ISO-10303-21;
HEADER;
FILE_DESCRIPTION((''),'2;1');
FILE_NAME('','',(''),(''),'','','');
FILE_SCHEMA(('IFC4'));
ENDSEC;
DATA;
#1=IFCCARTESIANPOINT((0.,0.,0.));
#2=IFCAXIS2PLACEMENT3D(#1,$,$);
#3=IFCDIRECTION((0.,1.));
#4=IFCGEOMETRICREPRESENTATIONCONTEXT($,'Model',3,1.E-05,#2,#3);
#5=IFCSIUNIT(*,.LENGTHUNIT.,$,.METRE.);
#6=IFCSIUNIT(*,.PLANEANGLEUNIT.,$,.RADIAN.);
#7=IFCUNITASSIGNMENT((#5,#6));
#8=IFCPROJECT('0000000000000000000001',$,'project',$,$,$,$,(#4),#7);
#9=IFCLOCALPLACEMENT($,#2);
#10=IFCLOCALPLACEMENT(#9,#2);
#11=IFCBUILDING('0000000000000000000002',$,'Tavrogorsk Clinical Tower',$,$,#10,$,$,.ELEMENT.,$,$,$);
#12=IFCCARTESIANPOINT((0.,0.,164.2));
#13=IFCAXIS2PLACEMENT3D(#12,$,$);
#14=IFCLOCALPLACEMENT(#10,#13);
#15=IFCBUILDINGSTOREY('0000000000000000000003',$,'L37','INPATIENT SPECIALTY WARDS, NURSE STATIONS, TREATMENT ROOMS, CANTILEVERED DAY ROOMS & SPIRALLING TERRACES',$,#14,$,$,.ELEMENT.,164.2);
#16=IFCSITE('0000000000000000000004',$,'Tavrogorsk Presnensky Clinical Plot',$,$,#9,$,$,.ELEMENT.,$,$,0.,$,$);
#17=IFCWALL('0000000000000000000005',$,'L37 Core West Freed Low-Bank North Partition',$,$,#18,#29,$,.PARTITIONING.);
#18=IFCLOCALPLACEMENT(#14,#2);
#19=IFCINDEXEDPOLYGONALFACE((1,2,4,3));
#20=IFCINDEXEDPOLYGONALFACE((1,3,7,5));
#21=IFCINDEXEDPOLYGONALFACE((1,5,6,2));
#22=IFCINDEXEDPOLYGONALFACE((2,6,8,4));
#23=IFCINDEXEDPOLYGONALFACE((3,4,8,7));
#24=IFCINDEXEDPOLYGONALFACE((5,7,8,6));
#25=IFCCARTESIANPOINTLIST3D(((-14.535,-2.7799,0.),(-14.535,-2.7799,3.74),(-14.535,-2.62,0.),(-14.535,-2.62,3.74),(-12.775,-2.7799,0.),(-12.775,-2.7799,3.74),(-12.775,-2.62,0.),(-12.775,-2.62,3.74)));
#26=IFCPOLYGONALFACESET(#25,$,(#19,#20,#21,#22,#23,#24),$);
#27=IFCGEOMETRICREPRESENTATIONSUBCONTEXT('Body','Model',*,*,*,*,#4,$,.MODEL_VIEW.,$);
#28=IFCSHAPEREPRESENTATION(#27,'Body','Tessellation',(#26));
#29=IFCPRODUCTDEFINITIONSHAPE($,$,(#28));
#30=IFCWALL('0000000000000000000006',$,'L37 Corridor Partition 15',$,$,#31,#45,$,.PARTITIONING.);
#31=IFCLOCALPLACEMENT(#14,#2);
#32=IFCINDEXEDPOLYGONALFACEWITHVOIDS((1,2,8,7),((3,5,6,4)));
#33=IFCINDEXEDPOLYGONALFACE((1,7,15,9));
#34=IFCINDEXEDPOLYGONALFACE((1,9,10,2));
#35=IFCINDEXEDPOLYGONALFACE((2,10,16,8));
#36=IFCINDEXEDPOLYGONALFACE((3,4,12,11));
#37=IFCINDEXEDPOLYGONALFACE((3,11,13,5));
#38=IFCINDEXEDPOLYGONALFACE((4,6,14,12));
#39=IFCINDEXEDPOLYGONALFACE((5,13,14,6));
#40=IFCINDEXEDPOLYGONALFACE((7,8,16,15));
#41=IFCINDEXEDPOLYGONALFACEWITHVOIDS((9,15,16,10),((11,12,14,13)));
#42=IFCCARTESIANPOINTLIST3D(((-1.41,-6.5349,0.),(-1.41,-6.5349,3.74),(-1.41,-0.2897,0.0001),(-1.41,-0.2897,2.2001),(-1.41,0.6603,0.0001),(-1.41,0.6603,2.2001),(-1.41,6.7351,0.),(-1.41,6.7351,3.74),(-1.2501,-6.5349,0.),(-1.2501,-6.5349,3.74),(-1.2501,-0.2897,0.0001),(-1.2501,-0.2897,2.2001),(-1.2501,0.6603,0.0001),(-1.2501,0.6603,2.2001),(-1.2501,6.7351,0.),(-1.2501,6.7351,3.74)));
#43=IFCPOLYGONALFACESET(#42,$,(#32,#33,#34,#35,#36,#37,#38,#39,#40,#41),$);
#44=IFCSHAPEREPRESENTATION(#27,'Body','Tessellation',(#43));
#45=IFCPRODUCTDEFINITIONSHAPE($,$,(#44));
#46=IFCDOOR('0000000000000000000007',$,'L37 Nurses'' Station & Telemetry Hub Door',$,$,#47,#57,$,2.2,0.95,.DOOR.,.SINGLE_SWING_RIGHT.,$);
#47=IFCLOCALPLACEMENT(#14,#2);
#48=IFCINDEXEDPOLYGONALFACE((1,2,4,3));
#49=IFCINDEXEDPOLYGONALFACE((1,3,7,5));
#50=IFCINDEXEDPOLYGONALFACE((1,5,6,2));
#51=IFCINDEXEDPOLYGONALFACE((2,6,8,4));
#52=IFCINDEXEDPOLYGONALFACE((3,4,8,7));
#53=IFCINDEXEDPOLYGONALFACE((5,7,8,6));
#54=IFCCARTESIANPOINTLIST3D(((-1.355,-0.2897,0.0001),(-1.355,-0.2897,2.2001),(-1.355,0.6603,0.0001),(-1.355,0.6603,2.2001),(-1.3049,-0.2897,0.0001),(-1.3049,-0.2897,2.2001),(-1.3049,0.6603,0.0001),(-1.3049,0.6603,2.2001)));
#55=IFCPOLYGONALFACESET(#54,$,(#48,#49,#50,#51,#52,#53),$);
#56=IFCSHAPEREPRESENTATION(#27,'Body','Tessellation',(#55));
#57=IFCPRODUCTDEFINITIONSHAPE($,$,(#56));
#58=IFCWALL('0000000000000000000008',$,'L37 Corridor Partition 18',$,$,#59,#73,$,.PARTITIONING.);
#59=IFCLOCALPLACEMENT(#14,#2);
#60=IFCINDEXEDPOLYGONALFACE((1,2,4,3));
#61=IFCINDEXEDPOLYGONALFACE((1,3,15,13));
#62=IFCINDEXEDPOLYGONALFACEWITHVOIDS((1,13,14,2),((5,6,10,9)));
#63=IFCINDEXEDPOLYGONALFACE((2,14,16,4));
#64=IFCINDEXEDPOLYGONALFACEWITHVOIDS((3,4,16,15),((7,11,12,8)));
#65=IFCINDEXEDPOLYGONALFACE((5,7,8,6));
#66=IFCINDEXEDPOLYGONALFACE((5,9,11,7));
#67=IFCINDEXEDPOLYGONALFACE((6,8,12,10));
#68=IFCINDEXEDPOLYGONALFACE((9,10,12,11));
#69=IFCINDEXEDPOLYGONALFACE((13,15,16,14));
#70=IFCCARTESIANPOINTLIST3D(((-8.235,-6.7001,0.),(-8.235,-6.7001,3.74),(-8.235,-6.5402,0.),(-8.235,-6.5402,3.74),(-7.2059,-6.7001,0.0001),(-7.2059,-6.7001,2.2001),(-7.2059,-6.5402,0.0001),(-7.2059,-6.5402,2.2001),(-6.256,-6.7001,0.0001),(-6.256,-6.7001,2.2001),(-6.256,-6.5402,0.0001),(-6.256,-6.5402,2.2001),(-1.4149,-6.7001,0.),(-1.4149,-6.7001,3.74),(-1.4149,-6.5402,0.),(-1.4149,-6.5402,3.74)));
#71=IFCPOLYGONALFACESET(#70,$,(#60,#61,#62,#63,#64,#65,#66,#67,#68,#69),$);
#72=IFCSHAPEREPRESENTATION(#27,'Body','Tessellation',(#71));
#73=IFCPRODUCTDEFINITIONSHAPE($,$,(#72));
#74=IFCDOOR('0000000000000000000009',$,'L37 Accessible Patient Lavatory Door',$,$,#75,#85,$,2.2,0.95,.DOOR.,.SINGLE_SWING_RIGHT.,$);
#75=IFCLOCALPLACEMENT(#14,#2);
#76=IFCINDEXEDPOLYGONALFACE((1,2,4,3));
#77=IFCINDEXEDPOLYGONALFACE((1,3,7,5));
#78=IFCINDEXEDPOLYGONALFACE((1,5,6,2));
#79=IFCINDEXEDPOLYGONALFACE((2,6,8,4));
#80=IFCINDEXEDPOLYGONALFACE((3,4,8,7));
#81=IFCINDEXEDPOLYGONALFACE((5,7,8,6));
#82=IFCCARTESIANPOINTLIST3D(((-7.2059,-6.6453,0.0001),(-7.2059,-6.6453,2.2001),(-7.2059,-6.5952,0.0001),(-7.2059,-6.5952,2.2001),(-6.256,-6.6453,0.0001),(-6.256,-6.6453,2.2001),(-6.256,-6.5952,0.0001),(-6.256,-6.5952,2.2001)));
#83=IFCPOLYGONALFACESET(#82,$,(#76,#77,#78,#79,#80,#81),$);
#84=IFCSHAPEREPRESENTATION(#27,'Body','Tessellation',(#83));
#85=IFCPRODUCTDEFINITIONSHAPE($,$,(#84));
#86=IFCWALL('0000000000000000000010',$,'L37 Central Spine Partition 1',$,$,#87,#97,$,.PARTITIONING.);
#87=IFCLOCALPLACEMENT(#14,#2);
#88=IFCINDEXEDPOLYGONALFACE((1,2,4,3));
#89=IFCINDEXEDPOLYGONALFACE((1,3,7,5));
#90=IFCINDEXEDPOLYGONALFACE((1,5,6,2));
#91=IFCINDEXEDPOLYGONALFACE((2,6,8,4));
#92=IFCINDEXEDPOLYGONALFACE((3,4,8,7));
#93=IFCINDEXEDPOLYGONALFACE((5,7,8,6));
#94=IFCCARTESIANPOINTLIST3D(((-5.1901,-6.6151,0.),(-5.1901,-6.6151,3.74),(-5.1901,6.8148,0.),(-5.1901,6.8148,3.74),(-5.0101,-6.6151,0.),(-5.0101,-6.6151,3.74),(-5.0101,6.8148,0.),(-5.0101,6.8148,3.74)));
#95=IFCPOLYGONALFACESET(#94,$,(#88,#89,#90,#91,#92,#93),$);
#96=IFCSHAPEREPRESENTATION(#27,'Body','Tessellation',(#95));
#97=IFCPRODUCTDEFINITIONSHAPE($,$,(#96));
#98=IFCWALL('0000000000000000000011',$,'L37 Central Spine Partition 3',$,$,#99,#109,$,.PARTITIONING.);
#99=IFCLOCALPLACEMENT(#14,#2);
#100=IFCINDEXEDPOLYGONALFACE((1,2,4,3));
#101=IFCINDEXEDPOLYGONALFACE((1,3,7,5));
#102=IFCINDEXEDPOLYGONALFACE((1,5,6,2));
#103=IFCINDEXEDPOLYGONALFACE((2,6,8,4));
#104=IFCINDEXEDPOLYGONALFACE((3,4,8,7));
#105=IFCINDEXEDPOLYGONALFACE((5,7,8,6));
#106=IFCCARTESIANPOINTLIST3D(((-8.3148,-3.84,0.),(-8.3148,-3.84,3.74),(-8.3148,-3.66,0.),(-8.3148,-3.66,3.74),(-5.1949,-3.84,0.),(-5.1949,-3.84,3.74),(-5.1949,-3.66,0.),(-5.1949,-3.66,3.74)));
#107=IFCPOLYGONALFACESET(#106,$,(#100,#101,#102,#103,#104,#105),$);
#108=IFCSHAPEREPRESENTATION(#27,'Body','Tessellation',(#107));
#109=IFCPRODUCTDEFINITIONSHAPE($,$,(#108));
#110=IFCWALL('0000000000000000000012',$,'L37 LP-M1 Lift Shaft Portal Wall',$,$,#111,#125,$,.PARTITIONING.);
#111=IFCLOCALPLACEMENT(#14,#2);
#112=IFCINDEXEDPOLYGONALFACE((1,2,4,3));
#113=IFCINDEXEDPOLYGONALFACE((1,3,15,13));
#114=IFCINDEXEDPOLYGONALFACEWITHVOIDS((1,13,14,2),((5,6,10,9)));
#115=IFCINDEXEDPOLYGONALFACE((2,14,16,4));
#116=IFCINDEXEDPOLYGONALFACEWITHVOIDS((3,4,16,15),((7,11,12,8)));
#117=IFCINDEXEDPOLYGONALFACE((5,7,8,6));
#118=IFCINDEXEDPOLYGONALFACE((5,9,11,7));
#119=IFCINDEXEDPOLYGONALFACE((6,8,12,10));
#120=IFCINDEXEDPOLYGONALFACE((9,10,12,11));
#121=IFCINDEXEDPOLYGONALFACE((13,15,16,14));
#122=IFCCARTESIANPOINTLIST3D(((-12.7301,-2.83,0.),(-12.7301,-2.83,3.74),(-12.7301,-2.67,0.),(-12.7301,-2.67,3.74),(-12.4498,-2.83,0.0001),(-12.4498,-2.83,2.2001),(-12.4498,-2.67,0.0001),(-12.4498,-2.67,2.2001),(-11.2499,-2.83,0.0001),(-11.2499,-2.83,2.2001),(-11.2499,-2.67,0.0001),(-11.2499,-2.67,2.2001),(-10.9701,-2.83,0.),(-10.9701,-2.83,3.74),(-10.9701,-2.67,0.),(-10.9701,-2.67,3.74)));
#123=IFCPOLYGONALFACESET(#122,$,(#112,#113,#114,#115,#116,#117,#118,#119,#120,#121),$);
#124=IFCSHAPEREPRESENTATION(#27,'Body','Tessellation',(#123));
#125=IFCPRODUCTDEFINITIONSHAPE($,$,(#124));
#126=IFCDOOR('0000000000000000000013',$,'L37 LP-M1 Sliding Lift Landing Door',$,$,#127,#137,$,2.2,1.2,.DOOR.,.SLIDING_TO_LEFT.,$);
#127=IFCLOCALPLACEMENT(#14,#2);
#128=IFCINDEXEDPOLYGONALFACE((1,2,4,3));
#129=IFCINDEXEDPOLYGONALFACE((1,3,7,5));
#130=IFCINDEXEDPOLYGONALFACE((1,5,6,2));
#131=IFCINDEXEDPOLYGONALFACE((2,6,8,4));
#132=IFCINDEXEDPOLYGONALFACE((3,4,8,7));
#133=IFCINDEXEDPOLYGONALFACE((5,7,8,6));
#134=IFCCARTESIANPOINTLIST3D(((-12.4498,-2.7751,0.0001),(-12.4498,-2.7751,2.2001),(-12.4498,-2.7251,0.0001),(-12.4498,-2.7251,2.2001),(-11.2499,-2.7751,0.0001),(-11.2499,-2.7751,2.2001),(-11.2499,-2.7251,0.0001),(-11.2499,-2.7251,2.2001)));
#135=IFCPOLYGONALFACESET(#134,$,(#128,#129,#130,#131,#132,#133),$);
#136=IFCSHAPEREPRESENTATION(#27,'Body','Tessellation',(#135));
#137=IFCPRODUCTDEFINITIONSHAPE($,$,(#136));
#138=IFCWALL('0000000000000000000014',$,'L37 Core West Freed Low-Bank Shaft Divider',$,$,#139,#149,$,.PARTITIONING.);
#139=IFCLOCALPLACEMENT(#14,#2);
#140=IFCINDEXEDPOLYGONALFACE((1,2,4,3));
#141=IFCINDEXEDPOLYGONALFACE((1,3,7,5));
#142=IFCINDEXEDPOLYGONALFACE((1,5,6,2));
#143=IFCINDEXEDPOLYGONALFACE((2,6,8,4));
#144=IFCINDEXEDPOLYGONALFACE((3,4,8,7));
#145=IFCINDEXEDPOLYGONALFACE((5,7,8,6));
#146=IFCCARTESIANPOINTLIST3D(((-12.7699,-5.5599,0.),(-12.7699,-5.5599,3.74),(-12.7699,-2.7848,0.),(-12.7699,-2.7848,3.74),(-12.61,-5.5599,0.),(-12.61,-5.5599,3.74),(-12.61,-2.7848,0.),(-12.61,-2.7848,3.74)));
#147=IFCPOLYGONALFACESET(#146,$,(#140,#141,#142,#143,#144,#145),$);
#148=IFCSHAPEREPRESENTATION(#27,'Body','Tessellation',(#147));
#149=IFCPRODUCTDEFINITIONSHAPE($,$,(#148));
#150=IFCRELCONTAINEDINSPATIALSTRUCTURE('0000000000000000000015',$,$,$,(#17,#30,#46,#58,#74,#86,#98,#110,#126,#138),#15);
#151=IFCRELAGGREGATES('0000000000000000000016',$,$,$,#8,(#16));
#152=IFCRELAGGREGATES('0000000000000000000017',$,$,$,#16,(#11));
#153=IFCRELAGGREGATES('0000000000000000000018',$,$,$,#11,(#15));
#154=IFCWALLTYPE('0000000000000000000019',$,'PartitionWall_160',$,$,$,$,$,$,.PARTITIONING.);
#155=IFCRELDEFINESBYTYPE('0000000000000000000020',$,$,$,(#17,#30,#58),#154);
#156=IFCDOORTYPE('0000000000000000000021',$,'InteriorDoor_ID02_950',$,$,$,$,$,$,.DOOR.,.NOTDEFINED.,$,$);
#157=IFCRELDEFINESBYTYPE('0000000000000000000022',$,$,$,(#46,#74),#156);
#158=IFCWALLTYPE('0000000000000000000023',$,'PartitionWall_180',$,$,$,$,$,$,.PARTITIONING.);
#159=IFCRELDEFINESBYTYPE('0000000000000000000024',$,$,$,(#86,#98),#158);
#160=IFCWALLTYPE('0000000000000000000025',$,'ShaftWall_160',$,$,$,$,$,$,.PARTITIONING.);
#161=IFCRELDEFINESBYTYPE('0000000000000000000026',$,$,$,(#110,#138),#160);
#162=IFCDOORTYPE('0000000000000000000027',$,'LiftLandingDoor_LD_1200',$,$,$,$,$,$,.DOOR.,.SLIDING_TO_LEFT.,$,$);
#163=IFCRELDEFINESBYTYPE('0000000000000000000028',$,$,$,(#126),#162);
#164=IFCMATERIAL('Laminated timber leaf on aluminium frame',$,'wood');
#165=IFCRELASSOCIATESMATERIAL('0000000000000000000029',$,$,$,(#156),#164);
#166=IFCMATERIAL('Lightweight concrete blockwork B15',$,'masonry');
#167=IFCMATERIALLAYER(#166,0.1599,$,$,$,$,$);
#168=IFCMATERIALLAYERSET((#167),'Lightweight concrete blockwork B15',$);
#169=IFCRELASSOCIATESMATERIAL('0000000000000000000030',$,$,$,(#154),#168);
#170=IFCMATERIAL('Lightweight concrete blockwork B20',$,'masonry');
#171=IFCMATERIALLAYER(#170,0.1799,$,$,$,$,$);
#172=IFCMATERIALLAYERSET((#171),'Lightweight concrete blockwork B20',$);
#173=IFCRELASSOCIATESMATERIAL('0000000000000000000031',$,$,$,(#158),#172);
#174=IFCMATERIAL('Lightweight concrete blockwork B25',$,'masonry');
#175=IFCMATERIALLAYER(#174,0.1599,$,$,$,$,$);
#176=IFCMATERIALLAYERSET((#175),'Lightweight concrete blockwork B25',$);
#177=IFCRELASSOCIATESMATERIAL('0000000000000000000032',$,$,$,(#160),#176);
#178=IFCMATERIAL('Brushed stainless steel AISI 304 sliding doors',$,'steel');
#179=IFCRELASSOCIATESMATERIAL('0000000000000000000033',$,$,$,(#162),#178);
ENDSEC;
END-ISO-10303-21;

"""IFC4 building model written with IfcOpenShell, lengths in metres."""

from ifc_helpers import new_model, si_unit, direction, frame, frame_2d, origin, place, context, subcontext, project, spatial, rectangle, extrude, material, layer, layer_set, type_object, element, fill, save


model = new_model("IFC4")

# Units and contexts
model_context = context("Model", 3, precision=1e-05, world=origin(), true_north=direction((0.0, 1.0)))
body_context = subcontext(model_context, "Body", "Model", "MODEL_VIEW")
ifc_project = project(units=[si_unit("LENGTHUNIT", "METRE"), si_unit("PLANEANGLEUNIT", "RADIAN")], contexts=[model_context])

# Site, building, storey
site_placement = place(None, origin())
site = spatial("IfcSite", under=ifc_project, at=site_placement, Name="Tavrogorsk Presnensky Clinical Plot", CompositionType="ELEMENT", RefElevation=0.0)
building_placement = place(site_placement, origin())
building = spatial("IfcBuilding", under=site, at=building_placement, Name="Tavrogorsk Clinical Tower", CompositionType="ELEMENT")
storey_placement = place(building_placement, frame((0.0, 0.0, 164.2)))
storey = spatial("IfcBuildingStorey", under=building, at=storey_placement, Name="L37", Description="INPATIENT SPECIALTY WARDS, NURSE STATIONS, TREATMENT ROOMS, CANTILEVERED DAY ROOMS & SPIRALLING TERRACES", CompositionType="ELEMENT", Elevation=164.2)

# Shared definitions
ifc_material_1 = material(Name="Laminated timber leaf on aluminium frame", Category="wood")
door_type_1 = type_object("IfcDoorType", Name="InteriorDoor_ID02_950", OperationType="NOTDEFINED", PredefinedType="DOOR", material=ifc_material_1)

# Wall
ifc_material_2 = material(Name="Lightweight concrete blockwork B15", Category="masonry")
ifc_layer_1 = layer(ifc_material_2, 0.1599)
ifc_layer_set_1 = layer_set([ifc_layer_1], Name="Lightweight concrete blockwork B15")
wall_type_1 = type_object("IfcWallType", Name="PartitionWall_160", PredefinedType="PARTITIONING", material=ifc_layer_set_1)
wall_1_placement = place(storey_placement, frame((-14.5349, -2.7, 0.0), z_axis=(0.0, 0.0, 1.0), x_axis=(1.0, 0.0, 0.0)))
element("IfcWall", 1, at=wall_1_placement, inside=storey, type_object=wall_type_1, Name="L37 Core West Freed Low-Bank North Partition", PredefinedType="PARTITIONING", context=body_context, shape_type="SweptSolid", body=[
    extrude(rectangle(XDim=1.76, YDim=0.1599, at=frame_2d((0.8799, 0.0))), origin(), (0.0, 0.0, 1.0), 3.74),
])

# Walls, openings, doors
wall_2_placement = place(storey_placement, frame((-1.3301, -6.5349, 0.0), z_axis=(0.0, 0.0, 1.0), x_axis=(0.0, 1.0, 0.0)))
wall_2 = element("IfcWall", 2, at=wall_2_placement, inside=storey, type_object=wall_type_1, Name="L37 Corridor Partition 15", PredefinedType="PARTITIONING", context=body_context, shape_type="SweptSolid", body=[
    extrude(rectangle(XDim=13.27, YDim=0.1599, at=frame_2d((6.635, 0.0))), origin(), (0.0, 0.0, 1.0), 3.74),
])
opening_1_placement = place(wall_2_placement, frame((6.2451, 0.0, 0.0)))
opening_1 = element("IfcOpeningElement", 3, at=opening_1_placement, cuts=wall_2, PredefinedType="OPENING", context=body_context, shape_type="SweptSolid", body=[
    extrude(rectangle(XDim=0.95, YDim=2.2, at=frame_2d((0.4751, 1.1001))), frame((0.0, 0.0898, 0.0), z_axis=(0.0, -1.0, 0.0), x_axis=(1.0, 0.0, 0.0)), (0.0, 0.0, 1.0), 0.1799),
])
door_1_placement = place(opening_1_placement, origin())
door_1 = element("IfcDoor", 4, at=door_1_placement, inside=storey, type_object=door_type_1, Name="L37 Nurses' Station & Telemetry Hub Door", OperationType="SINGLE_SWING_RIGHT", OverallHeight=2.2, OverallWidth=0.95, PredefinedType="DOOR", context=body_context, shape_type="SweptSolid", body=[
    extrude(rectangle(XDim=0.95, YDim=2.2, at=frame_2d((0.4751, 1.1001))), frame((0.0, 0.0249, 0.0), z_axis=(0.0, -1.0, 0.0), x_axis=(1.0, 0.0, 0.0)), (0.0, 0.0, 1.0), 0.05),
])
fill(opening_1, door_1)
wall_3_placement = place(storey_placement, frame((-8.2351, -6.6201, 0.0), z_axis=(0.0, 0.0, 1.0), x_axis=(1.0, 0.0, 0.0)))
wall_3 = element("IfcWall", 5, at=wall_3_placement, inside=storey, type_object=wall_type_1, Name="L37 Corridor Partition 18", PredefinedType="PARTITIONING", context=body_context, shape_type="SweptSolid", body=[
    extrude(rectangle(XDim=6.8201, YDim=0.1599, at=frame_2d((3.4102, 0.0))), origin(), (0.0, 0.0, 1.0), 3.74),
])
opening_2_placement = place(wall_3_placement, frame((1.0291, 0.0, 0.0)))
opening_2 = element("IfcOpeningElement", 6, at=opening_2_placement, cuts=wall_3, PredefinedType="OPENING", context=body_context, shape_type="SweptSolid", body=[
    extrude(rectangle(XDim=0.95, YDim=2.2, at=frame_2d((0.4751, 1.1001))), frame((0.0, 0.0898, 0.0), z_axis=(0.0, -1.0, 0.0), x_axis=(1.0, 0.0, 0.0)), (0.0, 0.0, 1.0), 0.1799),
])
door_2_placement = place(opening_2_placement, origin())
door_2 = element("IfcDoor", 7, at=door_2_placement, inside=storey, type_object=door_type_1, Name="L37 Accessible Patient Lavatory Door", OperationType="SINGLE_SWING_RIGHT", OverallHeight=2.2, OverallWidth=0.95, PredefinedType="DOOR", context=body_context, shape_type="SweptSolid", body=[
    extrude(rectangle(XDim=0.95, YDim=2.2, at=frame_2d((0.4751, 1.1001))), frame((0.0, 0.0249, 0.0), z_axis=(0.0, -1.0, 0.0), x_axis=(1.0, 0.0, 0.0)), (0.0, 0.0, 1.0), 0.05),
])
fill(opening_2, door_2)

# Walls
ifc_material_3 = material(Name="Lightweight concrete blockwork B20", Category="masonry")
ifc_layer_2 = layer(ifc_material_3, 0.1799)
ifc_layer_set_2 = layer_set([ifc_layer_2], Name="Lightweight concrete blockwork B20")
wall_type_2 = type_object("IfcWallType", Name="PartitionWall_180", PredefinedType="PARTITIONING", material=ifc_layer_set_2)
wall_4_placement = place(storey_placement, frame((-5.1001, -6.615, 0.0), z_axis=(0.0, 0.0, 1.0), x_axis=(0.0, 1.0, 0.0)))
element("IfcWall", 8, at=wall_4_placement, inside=storey, type_object=wall_type_2, Name="L37 Central Spine Partition 1", PredefinedType="PARTITIONING", context=body_context, shape_type="SweptSolid", body=[
    extrude(rectangle(XDim=13.4299, YDim=0.1799, at=frame_2d((6.7148, 0.0))), origin(), (0.0, 0.0, 1.0), 3.74),
])
wall_5_placement = place(storey_placement, frame((-8.3149, -3.75, 0.0), z_axis=(0.0, 0.0, 1.0), x_axis=(1.0, 0.0, 0.0)))
element("IfcWall", 9, at=wall_5_placement, inside=storey, type_object=wall_type_2, Name="L37 Central Spine Partition 3", PredefinedType="PARTITIONING", context=body_context, shape_type="SweptSolid", body=[
    extrude(rectangle(XDim=3.1199, YDim=0.1799, at=frame_2d((1.5601, 0.0))), origin(), (0.0, 0.0, 1.0), 3.74),
])

# Wall, opening, door
ifc_material_4 = material(Name="Lightweight concrete blockwork B25", Category="masonry")
ifc_layer_3 = layer(ifc_material_4, 0.1599)
ifc_layer_set_3 = layer_set([ifc_layer_3], Name="Lightweight concrete blockwork B25")
wall_type_3 = type_object("IfcWallType", Name="ShaftWall_160", PredefinedType="PARTITIONING", material=ifc_layer_set_3)
wall_6_placement = place(storey_placement, frame((-12.73, -2.75, 0.0), z_axis=(0.0, 0.0, 1.0), x_axis=(1.0, 0.0, 0.0)))
wall_6 = element("IfcWall", 10, at=wall_6_placement, inside=storey, type_object=wall_type_3, Name="L37 LP-M1 Lift Shaft Portal Wall", PredefinedType="PARTITIONING", context=body_context, shape_type="SweptSolid", body=[
    extrude(rectangle(XDim=1.76, YDim=0.1599, at=frame_2d((0.8799, 0.0))), origin(), (0.0, 0.0, 1.0), 3.74),
])
opening_3_placement = place(wall_6_placement, frame((0.28, 0.0, 0.0)))
opening_3 = element("IfcOpeningElement", 11, at=opening_3_placement, cuts=wall_6, PredefinedType="OPENING", context=body_context, shape_type="SweptSolid", body=[
    extrude(rectangle(XDim=1.2, YDim=2.2, at=frame_2d((0.6001, 1.1001))), frame((0.0, 0.0898, 0.0), z_axis=(0.0, -1.0, 0.0), x_axis=(1.0, 0.0, 0.0)), (0.0, 0.0, 1.0), 0.1799),
])
ifc_material_5 = material(Name="Brushed stainless steel AISI 304 sliding doors", Category="steel")
door_type_2 = type_object("IfcDoorType", Name="LiftLandingDoor_LD_1200", OperationType="SLIDING_TO_LEFT", PredefinedType="DOOR", material=ifc_material_5)
door_3_placement = place(opening_3_placement, origin())
door_3 = element("IfcDoor", 12, at=door_3_placement, inside=storey, type_object=door_type_2, Name="L37 LP-M1 Sliding Lift Landing Door", OperationType="SLIDING_TO_LEFT", OverallHeight=2.2, OverallWidth=1.2, PredefinedType="DOOR", context=body_context, shape_type="SweptSolid", body=[
    extrude(rectangle(XDim=1.2, YDim=2.2, at=frame_2d((0.6001, 1.1001))), frame((0.0, 0.0249, 0.0), z_axis=(0.0, -1.0, 0.0), x_axis=(1.0, 0.0, 0.0)), (0.0, 0.0, 1.0), 0.05),
])
fill(opening_3, door_3)

# Wall
wall_7_placement = place(storey_placement, frame((-12.6899, -5.5601, 0.0), z_axis=(0.0, 0.0, 1.0), x_axis=(0.0, 1.0, 0.0)))
element("IfcWall", 13, at=wall_7_placement, inside=storey, type_object=wall_type_3, Name="L37 Core West Freed Low-Bank Shaft Divider", PredefinedType="PARTITIONING", context=body_context, shape_type="SweptSolid", body=[
    extrude(rectangle(XDim=2.7751, YDim=0.1599, at=frame_2d((1.3877, 0.0))), origin(), (0.0, 0.0, 1.0), 3.74),
])

save(model, "model.ifc")
